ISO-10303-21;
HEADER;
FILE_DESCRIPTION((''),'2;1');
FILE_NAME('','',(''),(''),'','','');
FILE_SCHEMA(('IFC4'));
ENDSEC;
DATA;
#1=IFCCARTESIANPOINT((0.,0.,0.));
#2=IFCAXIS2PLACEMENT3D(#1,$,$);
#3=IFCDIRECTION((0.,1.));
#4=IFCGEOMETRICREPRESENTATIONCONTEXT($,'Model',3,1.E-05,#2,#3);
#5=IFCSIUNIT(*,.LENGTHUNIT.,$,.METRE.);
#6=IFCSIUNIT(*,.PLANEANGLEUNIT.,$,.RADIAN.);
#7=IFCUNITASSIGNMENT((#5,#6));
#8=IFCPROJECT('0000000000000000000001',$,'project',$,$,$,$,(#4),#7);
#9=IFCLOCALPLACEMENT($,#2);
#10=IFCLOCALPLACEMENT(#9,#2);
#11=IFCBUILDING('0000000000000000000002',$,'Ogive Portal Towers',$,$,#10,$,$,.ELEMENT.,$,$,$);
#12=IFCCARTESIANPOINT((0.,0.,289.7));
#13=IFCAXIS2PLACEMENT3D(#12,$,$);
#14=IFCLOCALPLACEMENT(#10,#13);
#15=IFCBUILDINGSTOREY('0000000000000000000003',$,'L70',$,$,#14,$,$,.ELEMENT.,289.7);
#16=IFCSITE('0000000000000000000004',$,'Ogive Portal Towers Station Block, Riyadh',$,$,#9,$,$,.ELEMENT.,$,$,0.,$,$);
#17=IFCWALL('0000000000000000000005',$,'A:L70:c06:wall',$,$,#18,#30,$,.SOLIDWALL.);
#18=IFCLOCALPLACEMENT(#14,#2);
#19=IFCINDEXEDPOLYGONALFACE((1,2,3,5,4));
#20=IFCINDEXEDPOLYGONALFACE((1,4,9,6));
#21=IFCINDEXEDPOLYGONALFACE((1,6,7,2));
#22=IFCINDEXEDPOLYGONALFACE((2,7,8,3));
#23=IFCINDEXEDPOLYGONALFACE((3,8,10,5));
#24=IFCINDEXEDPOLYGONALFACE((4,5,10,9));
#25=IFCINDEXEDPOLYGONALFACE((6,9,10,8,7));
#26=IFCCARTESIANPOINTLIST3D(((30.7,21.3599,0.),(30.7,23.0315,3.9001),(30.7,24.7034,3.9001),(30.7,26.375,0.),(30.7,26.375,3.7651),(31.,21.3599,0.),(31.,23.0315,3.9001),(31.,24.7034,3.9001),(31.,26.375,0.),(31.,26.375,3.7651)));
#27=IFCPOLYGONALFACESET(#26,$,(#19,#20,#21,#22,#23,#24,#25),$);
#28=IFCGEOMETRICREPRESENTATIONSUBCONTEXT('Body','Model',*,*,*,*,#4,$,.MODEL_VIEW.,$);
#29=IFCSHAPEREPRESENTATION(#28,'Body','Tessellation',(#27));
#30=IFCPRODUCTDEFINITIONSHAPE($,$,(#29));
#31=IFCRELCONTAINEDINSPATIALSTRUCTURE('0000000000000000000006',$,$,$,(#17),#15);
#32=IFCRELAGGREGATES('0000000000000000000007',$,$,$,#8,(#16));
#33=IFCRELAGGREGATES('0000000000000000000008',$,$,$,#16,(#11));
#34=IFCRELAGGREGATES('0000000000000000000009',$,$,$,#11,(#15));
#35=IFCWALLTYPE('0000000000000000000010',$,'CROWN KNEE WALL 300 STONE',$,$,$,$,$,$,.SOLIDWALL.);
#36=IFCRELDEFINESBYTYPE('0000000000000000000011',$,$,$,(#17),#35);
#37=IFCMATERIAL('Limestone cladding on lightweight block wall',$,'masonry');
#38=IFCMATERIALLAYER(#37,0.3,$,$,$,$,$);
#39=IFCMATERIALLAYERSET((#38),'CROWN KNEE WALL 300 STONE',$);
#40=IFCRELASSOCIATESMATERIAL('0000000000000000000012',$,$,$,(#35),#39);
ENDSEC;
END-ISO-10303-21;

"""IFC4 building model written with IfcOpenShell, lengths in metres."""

from ifc_helpers import new_model, si_unit, direction, frame, origin, place, context, subcontext, project, spatial, polyline, outline, extrude, material, layer, layer_set, type_object, element, save


model = new_model("IFC4")

# Units and contexts
model_context = context("Model", 3, precision=1e-05, world=origin(), true_north=direction((0.0, 1.0)))
body_context = subcontext(model_context, "Body", "Model", "MODEL_VIEW")
ifc_project = project(units=[si_unit("LENGTHUNIT", "METRE"), si_unit("PLANEANGLEUNIT", "RADIAN")], contexts=[model_context])

# Site, building, storey
site_placement = place(None, origin())
site = spatial("IfcSite", under=ifc_project, at=site_placement, Name="Ogive Portal Towers Station Block, Riyadh", CompositionType="ELEMENT", RefElevation=0.0)
building_placement = place(site_placement, origin())
building = spatial("IfcBuilding", under=site, at=building_placement, Name="Ogive Portal Towers", CompositionType="ELEMENT")
storey_placement = place(building_placement, frame((0.0, 0.0, 289.7)))
storey = spatial("IfcBuildingStorey", under=building, at=storey_placement, Name="L70", CompositionType="ELEMENT", Elevation=289.7)

# Wall
ifc_material_1 = material(Name="Limestone cladding on lightweight block wall", Category="masonry")
ifc_layer_1 = layer(ifc_material_1, 0.3)
ifc_layer_set_1 = layer_set([ifc_layer_1], Name="CROWN KNEE WALL 300 STONE")
wall_type_1 = type_object("IfcWallType", Name="CROWN KNEE WALL 300 STONE", PredefinedType="SOLIDWALL", material=ifc_layer_set_1)
wall_1_placement = place(storey_placement, frame((30.8501, 26.375, 0.0), z_axis=(0.0, 0.0, 1.0), x_axis=(0.0, -1.0, 0.0)))
element("IfcWall", 1, at=wall_1_placement, inside=storey, type_object=wall_type_1, Name="A:L70:c06:wall", PredefinedType="SOLIDWALL", context=body_context, shape_type="SweptSolid", body=[
    extrude(outline(polyline([(0.0, 0.0), (5.0154, 0.0), (5.0151, 3.9001), (5.0151, 0.0), (3.3435, 3.9001), (1.6716, 3.9001), (0.0, 3.7651), (0.0, 0.0)])), frame((0.0, 0.1499, 0.0), z_axis=(0.0, -1.0, 0.0), x_axis=(1.0, 0.0, 0.0)), (0.0, 0.0, 1.0), 0.3),
])

save(model, "model.ifc")
